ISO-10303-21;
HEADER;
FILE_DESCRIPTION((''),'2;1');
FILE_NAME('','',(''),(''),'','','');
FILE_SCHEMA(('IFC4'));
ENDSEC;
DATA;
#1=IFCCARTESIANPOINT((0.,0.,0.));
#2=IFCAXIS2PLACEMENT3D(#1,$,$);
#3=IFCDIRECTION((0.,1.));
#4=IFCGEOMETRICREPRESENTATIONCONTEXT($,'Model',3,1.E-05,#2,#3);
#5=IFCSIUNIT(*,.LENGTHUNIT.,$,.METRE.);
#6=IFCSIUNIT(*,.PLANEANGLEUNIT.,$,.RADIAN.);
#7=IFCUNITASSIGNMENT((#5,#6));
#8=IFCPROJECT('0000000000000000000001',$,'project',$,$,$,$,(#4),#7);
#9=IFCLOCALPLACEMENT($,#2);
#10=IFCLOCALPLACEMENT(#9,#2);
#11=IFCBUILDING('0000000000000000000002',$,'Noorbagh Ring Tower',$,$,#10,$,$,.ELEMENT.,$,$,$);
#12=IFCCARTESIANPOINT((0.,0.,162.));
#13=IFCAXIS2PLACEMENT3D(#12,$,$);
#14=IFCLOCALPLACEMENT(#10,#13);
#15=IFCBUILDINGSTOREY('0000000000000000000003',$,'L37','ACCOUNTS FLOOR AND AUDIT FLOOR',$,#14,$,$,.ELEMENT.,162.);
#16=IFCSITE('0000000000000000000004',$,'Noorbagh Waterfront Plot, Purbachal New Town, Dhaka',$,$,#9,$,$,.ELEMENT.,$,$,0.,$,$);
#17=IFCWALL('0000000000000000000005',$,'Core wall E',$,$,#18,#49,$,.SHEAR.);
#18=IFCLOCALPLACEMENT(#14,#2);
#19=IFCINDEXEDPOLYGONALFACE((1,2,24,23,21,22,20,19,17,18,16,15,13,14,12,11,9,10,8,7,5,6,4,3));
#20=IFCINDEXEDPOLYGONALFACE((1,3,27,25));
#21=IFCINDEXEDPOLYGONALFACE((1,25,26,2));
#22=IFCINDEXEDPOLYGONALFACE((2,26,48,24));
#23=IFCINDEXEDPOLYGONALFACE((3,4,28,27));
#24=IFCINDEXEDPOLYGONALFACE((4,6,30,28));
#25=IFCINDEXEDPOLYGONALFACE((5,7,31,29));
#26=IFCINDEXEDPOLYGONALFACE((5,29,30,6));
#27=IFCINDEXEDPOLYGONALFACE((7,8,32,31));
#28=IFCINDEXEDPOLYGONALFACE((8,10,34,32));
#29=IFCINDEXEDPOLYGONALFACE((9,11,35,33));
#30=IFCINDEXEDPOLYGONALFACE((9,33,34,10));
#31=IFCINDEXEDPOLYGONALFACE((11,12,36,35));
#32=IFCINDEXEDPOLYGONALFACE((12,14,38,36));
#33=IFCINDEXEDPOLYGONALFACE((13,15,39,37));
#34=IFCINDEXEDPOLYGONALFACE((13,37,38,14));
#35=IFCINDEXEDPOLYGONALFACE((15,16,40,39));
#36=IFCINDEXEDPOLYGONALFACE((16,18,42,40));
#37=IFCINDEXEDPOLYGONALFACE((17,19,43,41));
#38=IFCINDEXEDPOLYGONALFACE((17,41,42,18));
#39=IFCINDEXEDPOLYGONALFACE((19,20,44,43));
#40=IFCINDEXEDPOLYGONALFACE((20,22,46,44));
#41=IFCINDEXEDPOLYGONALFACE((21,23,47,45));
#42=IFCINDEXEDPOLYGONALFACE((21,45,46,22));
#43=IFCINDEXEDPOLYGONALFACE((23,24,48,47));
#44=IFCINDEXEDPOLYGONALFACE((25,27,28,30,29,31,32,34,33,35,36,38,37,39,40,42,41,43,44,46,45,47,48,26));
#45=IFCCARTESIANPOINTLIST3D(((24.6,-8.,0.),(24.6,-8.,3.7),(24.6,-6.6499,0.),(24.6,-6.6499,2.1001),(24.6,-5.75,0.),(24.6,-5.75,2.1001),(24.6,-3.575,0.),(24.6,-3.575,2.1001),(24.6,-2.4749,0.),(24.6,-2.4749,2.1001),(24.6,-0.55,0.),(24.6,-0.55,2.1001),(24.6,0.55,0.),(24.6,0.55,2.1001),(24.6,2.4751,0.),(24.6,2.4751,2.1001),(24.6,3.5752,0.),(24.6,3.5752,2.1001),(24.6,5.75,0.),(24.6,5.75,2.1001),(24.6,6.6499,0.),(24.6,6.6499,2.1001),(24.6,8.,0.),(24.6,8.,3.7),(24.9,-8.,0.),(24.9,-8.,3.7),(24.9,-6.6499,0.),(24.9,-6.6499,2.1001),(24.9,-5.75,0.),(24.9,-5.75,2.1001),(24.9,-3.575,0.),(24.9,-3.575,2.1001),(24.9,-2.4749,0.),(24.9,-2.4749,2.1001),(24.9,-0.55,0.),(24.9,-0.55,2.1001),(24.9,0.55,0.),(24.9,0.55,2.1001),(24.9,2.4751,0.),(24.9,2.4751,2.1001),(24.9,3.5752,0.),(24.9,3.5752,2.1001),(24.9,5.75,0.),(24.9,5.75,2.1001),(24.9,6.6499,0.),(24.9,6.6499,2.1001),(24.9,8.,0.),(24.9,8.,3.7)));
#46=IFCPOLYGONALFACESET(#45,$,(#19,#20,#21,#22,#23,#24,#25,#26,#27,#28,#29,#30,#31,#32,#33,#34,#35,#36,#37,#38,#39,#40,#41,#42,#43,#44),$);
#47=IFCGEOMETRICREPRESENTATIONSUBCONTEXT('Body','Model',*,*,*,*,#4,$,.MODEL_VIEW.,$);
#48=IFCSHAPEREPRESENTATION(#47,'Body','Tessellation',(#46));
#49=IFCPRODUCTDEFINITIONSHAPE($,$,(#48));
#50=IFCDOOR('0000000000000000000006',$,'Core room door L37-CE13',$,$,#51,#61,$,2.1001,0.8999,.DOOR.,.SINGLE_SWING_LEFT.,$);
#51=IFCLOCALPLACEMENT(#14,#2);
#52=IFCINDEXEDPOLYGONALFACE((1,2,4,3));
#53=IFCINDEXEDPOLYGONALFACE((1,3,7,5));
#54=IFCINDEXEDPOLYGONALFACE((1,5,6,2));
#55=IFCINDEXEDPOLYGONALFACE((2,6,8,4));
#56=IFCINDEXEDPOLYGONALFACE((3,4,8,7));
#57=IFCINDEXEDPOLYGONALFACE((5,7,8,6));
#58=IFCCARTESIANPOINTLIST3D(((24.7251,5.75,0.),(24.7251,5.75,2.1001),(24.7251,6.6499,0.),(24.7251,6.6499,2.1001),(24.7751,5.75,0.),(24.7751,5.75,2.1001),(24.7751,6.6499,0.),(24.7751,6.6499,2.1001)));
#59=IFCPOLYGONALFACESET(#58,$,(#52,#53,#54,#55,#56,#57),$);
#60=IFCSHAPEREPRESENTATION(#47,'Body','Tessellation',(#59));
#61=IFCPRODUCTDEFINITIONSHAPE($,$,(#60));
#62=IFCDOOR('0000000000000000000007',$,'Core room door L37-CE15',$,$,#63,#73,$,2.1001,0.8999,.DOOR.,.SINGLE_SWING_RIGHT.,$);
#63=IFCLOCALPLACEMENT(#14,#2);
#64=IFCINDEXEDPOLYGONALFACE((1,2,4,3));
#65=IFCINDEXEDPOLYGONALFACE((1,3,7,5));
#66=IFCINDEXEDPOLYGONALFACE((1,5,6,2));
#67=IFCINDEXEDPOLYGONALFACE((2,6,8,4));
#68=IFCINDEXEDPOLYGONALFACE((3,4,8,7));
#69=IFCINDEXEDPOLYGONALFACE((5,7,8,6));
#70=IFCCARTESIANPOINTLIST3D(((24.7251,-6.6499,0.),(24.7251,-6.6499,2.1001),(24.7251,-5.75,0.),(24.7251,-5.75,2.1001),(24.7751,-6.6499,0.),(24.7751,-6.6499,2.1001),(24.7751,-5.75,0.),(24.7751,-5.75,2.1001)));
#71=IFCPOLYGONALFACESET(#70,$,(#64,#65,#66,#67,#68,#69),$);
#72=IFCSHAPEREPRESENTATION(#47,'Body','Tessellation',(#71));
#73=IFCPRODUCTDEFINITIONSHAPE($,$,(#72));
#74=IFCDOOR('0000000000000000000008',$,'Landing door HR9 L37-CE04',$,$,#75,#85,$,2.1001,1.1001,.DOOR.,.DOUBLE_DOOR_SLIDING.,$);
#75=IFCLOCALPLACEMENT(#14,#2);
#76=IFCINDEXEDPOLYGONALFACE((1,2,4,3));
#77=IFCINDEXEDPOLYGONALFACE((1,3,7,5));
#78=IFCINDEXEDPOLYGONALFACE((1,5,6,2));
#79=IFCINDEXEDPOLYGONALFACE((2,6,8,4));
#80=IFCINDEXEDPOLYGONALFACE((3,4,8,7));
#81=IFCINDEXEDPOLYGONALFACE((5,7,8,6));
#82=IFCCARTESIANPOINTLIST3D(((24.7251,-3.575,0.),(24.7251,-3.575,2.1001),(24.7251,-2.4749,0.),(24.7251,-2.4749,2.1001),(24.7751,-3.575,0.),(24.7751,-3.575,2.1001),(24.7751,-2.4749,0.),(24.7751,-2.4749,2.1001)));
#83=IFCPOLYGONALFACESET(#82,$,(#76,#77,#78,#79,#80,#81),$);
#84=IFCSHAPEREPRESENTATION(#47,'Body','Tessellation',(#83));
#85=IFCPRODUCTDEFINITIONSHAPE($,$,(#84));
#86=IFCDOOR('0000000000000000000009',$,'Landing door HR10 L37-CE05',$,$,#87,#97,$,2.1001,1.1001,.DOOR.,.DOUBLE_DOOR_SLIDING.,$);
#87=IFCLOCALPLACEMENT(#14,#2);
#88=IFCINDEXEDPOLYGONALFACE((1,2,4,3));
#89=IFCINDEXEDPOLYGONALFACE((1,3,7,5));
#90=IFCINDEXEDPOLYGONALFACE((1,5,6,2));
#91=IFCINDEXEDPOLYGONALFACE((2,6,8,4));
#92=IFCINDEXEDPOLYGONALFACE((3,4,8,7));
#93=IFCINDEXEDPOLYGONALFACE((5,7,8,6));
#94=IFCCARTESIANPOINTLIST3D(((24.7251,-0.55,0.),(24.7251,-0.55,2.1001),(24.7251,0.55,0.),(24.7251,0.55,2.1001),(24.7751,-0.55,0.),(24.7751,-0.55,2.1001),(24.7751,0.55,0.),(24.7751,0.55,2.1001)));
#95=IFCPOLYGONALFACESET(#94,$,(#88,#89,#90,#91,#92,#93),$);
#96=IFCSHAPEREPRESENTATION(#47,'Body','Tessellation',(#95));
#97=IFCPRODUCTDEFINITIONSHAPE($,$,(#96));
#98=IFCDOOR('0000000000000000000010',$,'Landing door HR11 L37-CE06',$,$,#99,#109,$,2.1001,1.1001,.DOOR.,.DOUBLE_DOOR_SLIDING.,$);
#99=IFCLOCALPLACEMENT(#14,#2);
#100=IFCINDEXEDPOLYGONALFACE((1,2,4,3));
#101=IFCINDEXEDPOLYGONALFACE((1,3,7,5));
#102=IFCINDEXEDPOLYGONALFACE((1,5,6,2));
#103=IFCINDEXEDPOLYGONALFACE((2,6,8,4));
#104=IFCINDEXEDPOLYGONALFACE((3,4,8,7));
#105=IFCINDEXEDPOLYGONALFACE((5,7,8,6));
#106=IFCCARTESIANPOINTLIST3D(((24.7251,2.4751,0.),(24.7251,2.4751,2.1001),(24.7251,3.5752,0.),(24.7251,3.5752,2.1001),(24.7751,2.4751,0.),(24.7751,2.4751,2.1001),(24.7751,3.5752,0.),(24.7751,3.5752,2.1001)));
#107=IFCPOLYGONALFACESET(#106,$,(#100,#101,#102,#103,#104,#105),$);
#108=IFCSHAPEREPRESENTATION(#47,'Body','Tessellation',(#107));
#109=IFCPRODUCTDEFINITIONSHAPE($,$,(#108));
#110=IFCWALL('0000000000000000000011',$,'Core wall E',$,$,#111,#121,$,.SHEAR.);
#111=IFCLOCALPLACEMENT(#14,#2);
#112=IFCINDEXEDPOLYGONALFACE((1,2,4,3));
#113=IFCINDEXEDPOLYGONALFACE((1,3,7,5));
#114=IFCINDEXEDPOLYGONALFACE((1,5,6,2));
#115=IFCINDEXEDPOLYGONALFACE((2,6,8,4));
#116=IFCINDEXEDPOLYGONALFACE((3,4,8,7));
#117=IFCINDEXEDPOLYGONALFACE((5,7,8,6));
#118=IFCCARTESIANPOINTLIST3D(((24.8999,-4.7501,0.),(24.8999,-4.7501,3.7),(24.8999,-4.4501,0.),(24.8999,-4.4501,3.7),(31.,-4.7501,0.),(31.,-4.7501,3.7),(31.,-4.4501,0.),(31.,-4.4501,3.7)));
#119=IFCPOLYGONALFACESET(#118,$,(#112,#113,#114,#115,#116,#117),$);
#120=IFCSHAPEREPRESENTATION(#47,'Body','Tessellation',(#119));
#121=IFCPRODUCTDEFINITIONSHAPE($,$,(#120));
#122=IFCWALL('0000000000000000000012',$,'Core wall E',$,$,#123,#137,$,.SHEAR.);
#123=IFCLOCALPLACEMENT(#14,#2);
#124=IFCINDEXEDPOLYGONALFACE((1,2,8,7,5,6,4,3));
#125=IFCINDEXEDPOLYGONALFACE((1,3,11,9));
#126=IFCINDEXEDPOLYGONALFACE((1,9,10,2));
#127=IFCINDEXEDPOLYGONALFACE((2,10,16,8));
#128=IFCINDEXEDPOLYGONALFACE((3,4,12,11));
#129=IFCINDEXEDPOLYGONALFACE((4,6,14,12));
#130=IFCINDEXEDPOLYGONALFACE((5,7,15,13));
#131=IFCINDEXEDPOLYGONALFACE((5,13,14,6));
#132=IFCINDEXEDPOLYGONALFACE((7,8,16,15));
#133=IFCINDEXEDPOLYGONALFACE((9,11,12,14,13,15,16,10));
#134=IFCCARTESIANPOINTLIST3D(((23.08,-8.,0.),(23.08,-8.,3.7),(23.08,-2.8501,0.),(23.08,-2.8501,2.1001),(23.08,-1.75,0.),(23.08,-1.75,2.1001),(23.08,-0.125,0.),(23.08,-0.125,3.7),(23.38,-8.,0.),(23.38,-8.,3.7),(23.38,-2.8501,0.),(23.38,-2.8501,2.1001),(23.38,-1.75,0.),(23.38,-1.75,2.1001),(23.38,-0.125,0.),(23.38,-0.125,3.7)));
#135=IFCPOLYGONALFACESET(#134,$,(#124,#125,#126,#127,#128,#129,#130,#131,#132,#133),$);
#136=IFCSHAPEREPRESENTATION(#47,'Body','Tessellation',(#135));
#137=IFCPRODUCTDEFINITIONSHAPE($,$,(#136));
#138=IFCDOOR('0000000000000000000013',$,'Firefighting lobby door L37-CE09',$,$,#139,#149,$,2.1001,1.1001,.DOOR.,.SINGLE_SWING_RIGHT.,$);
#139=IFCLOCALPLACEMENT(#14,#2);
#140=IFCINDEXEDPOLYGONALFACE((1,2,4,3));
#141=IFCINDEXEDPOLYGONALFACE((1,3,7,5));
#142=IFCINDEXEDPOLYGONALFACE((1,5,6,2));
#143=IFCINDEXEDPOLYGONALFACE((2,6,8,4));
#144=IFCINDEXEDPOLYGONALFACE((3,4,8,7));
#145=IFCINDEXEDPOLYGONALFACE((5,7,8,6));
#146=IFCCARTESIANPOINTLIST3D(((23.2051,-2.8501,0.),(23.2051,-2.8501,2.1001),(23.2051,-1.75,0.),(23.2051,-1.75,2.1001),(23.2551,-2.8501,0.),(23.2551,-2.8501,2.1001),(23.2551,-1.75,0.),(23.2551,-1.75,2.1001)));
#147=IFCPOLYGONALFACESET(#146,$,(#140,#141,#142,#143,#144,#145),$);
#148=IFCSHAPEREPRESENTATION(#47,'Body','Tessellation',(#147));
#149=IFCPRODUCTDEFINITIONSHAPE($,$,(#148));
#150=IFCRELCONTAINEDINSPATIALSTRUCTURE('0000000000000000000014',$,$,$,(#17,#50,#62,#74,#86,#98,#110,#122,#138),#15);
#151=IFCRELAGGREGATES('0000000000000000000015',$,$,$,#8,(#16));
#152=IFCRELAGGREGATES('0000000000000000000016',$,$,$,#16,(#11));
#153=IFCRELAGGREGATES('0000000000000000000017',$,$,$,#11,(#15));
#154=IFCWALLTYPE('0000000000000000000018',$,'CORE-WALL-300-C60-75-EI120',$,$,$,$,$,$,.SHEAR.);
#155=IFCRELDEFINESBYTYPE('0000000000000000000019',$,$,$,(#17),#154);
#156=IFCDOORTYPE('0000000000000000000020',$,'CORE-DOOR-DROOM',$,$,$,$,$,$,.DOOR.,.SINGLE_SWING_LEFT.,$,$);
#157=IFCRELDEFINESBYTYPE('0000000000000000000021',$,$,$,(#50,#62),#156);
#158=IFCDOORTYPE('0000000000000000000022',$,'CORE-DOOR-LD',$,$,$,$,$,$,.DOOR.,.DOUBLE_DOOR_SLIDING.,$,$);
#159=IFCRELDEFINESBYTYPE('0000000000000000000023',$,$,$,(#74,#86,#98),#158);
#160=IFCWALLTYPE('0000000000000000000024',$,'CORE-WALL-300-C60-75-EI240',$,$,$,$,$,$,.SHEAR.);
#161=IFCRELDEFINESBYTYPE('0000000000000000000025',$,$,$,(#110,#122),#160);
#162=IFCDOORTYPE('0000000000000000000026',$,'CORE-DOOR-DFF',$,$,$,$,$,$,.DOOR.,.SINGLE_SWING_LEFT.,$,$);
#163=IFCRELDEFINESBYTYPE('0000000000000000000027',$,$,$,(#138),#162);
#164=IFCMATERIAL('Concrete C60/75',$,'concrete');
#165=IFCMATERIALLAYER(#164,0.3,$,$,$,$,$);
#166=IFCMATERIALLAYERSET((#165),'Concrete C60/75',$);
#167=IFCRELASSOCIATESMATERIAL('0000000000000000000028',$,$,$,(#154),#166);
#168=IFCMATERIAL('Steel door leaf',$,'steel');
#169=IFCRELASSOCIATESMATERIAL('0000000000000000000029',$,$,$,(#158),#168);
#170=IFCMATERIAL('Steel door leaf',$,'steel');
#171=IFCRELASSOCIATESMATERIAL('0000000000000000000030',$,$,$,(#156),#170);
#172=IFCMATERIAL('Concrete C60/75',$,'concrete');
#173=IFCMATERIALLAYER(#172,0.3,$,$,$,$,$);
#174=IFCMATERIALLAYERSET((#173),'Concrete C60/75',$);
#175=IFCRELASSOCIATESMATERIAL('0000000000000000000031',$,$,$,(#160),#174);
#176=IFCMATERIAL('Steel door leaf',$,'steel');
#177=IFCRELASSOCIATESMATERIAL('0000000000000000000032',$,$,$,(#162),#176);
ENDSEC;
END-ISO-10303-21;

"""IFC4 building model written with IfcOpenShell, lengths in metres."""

from ifc_helpers import new_model, si_unit, direction, frame, frame_2d, origin, place, context, subcontext, project, spatial, rectangle, extrude, material, layer, layer_set, type_object, element, fill, save


model = new_model("IFC4")

# Units and contexts
model_context = context("Model", 3, precision=1e-05, world=origin(), true_north=direction((0.0, 1.0)))
body_context = subcontext(model_context, "Body", "Model", "MODEL_VIEW")
ifc_project = project(units=[si_unit("LENGTHUNIT", "METRE"), si_unit("PLANEANGLEUNIT", "RADIAN")], contexts=[model_context])

# Site, building, storey
site_placement = place(None, origin())
site = spatial("IfcSite", under=ifc_project, at=site_placement, Name="Noorbagh Waterfront Plot, Purbachal New Town, Dhaka", CompositionType="ELEMENT", RefElevation=0.0)
building_placement = place(site_placement, origin())
building = spatial("IfcBuilding", under=site, at=building_placement, Name="Noorbagh Ring Tower", CompositionType="ELEMENT")
storey_placement = place(building_placement, frame((0.0, 0.0, 162.0)))
storey = spatial("IfcBuildingStorey", under=building, at=storey_placement, Name="L37", Description="ACCOUNTS FLOOR AND AUDIT FLOOR", CompositionType="ELEMENT", Elevation=162.0)

# Shared definitions
ifc_material_1 = material(Name="Concrete C60/75", Category="concrete")
ifc_layer_1 = layer(ifc_material_1, 0.3)
ifc_layer_set_1 = layer_set([ifc_layer_1], Name="Concrete C60/75")
wall_type_1 = type_object("IfcWallType", Name="CORE-WALL-300-C60-75-EI120", PredefinedType="SHEAR", material=ifc_layer_set_1)

# Wall, openings, doors
ifc_material_2 = material(Name="Steel door leaf", Category="steel")
door_type_1 = type_object("IfcDoorType", Name="CORE-DOOR-LD", OperationType="DOUBLE_DOOR_SLIDING", PredefinedType="DOOR", material=ifc_material_2)
wall_1_placement = place(storey_placement, frame((24.75, -8.0, 0.0), z_axis=(0.0, 0.0, 1.0), x_axis=(0.0, 1.0, 0.0)))
wall_1 = element("IfcWall", 1, at=wall_1_placement, inside=storey, type_object=wall_type_1, Name="Core wall E", PredefinedType="SHEAR", context=body_context, shape_type="SweptSolid", body=[
    extrude(rectangle(XDim=16.0, YDim=0.3, at=frame_2d((8.0, 0.0))), origin(), (0.0, 0.0, 1.0), 3.7),
])
opening_1_placement = place(wall_1_placement, frame((4.425, 0.0, 0.0)))
opening_1 = element("IfcOpeningElement", 2, at=opening_1_placement, cuts=wall_1, PredefinedType="OPENING", context=body_context, shape_type="SweptSolid", body=[
    extrude(rectangle(XDim=1.1001, YDim=2.1001, at=frame_2d((0.55, 1.05))), frame((0.0, 0.1602, 0.0), z_axis=(0.0, -1.0, 0.0), x_axis=(1.0, 0.0, 0.0)), (0.0, 0.0, 1.0), 0.3201),
])
opening_2_placement = place(wall_1_placement, frame((7.45, 0.0, 0.0)))
opening_2 = element("IfcOpeningElement", 3, at=opening_2_placement, cuts=wall_1, PredefinedType="OPENING", context=body_context, shape_type="SweptSolid", body=[
    extrude(rectangle(XDim=1.1001, YDim=2.1001, at=frame_2d((0.55, 1.05))), frame((0.0, 0.1602, 0.0), z_axis=(0.0, -1.0, 0.0), x_axis=(1.0, 0.0, 0.0)), (0.0, 0.0, 1.0), 0.3201),
])
opening_3_placement = place(wall_1_placement, frame((10.4751, 0.0, 0.0)))
opening_3 = element("IfcOpeningElement", 4, at=opening_3_placement, cuts=wall_1, PredefinedType="OPENING", context=body_context, shape_type="SweptSolid", body=[
    extrude(rectangle(XDim=1.1001, YDim=2.1001, at=frame_2d((0.55, 1.05))), frame((0.0, 0.1602, 0.0), z_axis=(0.0, -1.0, 0.0), x_axis=(1.0, 0.0, 0.0)), (0.0, 0.0, 1.0), 0.3201),
])
opening_4_placement = place(wall_1_placement, frame((13.75, 0.0, 0.0)))
opening_4 = element("IfcOpeningElement", 5, at=opening_4_placement, cuts=wall_1, PredefinedType="OPENING", context=body_context, shape_type="SweptSolid", body=[
    extrude(rectangle(XDim=0.8999, YDim=2.1001, at=frame_2d((0.45, 1.05))), frame((0.0, 0.1602, 0.0), z_axis=(0.0, -1.0, 0.0), x_axis=(1.0, 0.0, 0.0)), (0.0, 0.0, 1.0), 0.3201),
])
opening_5_placement = place(wall_1_placement, frame((1.3501, 0.0, 0.0)))
opening_5 = element("IfcOpeningElement", 6, at=opening_5_placement, cuts=wall_1, PredefinedType="OPENING", context=body_context, shape_type="SweptSolid", body=[
    extrude(rectangle(XDim=0.8999, YDim=2.1001, at=frame_2d((0.45, 1.05))), frame((0.0, 0.1602, 0.0), z_axis=(0.0, -1.0, 0.0), x_axis=(1.0, 0.0, 0.0)), (0.0, 0.0, 1.0), 0.3201),
])
ifc_material_3 = material(Name="Steel door leaf", Category="steel")
door_type_2 = type_object("IfcDoorType", Name="CORE-DOOR-DROOM", OperationType="SINGLE_SWING_LEFT", PredefinedType="DOOR", material=ifc_material_3)
door_1_placement = place(opening_4_placement, origin())
door_1 = element("IfcDoor", 7, at=door_1_placement, inside=storey, type_object=door_type_2, Name="Core room door L37-CE13", OperationType="SINGLE_SWING_LEFT", OverallHeight=2.1001, OverallWidth=0.8999, PredefinedType="DOOR", context=body_context, shape_type="SweptSolid", body=[
    extrude(rectangle(XDim=0.8999, YDim=2.1001, at=frame_2d((0.45, 1.05))), frame((0.0, 0.0249, 0.0), z_axis=(0.0, -1.0, 0.0), x_axis=(1.0, 0.0, 0.0)), (0.0, 0.0, 1.0), 0.05),
])
fill(opening_4, door_1)
door_2_placement = place(opening_5_placement, origin())
door_2 = element("IfcDoor", 8, at=door_2_placement, inside=storey, type_object=door_type_2, Name="Core room door L37-CE15", OperationType="SINGLE_SWING_RIGHT", OverallHeight=2.1001, OverallWidth=0.8999, PredefinedType="DOOR", context=body_context, shape_type="SweptSolid", body=[
    extrude(rectangle(XDim=0.8999, YDim=2.1001, at=frame_2d((0.45, 1.05))), frame((0.0, 0.0249, 0.0), z_axis=(0.0, -1.0, 0.0), x_axis=(1.0, 0.0, 0.0)), (0.0, 0.0, 1.0), 0.05),
])
fill(opening_5, door_2)
door_3_placement = place(opening_1_placement, origin())
door_3 = element("IfcDoor", 9, at=door_3_placement, inside=storey, type_object=door_type_1, Name="Landing door HR9 L37-CE04", OperationType="DOUBLE_DOOR_SLIDING", OverallHeight=2.1001, OverallWidth=1.1001, PredefinedType="DOOR", context=body_context, shape_type="SweptSolid", body=[
    extrude(rectangle(XDim=1.1001, YDim=2.1001, at=frame_2d((0.55, 1.05))), frame((0.0, 0.0249, 0.0), z_axis=(0.0, -1.0, 0.0), x_axis=(1.0, 0.0, 0.0)), (0.0, 0.0, 1.0), 0.05),
])
fill(opening_1, door_3)
door_4_placement = place(opening_2_placement, origin())
door_4 = element("IfcDoor", 10, at=door_4_placement, inside=storey, type_object=door_type_1, Name="Landing door HR10 L37-CE05", OperationType="DOUBLE_DOOR_SLIDING", OverallHeight=2.1001, OverallWidth=1.1001, PredefinedType="DOOR", context=body_context, shape_type="SweptSolid", body=[
    extrude(rectangle(XDim=1.1001, YDim=2.1001, at=frame_2d((0.55, 1.05))), frame((0.0, 0.0249, 0.0), z_axis=(0.0, -1.0, 0.0), x_axis=(1.0, 0.0, 0.0)), (0.0, 0.0, 1.0), 0.05),
])
fill(opening_2, door_4)
door_5_placement = place(opening_3_placement, origin())
door_5 = element("IfcDoor", 11, at=door_5_placement, inside=storey, type_object=door_type_1, Name="Landing door HR11 L37-CE06", OperationType="DOUBLE_DOOR_SLIDING", OverallHeight=2.1001, OverallWidth=1.1001, PredefinedType="DOOR", context=body_context, shape_type="SweptSolid", body=[
    extrude(rectangle(XDim=1.1001, YDim=2.1001, at=frame_2d((0.55, 1.05))), frame((0.0, 0.0249, 0.0), z_axis=(0.0, -1.0, 0.0), x_axis=(1.0, 0.0, 0.0)), (0.0, 0.0, 1.0), 0.05),
])
fill(opening_3, door_5)

# Wall
ifc_material_4 = material(Name="Concrete C60/75", Category="concrete")
ifc_layer_2 = layer(ifc_material_4, 0.3)
ifc_layer_set_2 = layer_set([ifc_layer_2], Name="Concrete C60/75")
wall_type_2 = type_object("IfcWallType", Name="CORE-WALL-300-C60-75-EI240", PredefinedType="SHEAR", material=ifc_layer_set_2)
wall_2_placement = place(storey_placement, frame((24.8999, -4.6001, 0.0), z_axis=(0.0, 0.0, 1.0), x_axis=(1.0, 0.0, 0.0)))
element("IfcWall", 12, at=wall_2_placement, inside=storey, type_object=wall_type_2, Name="Core wall E", PredefinedType="SHEAR", context=body_context, shape_type="SweptSolid", body=[
    extrude(rectangle(XDim=6.1001, YDim=0.3, at=frame_2d((3.05, 0.0))), origin(), (0.0, 0.0, 1.0), 3.7),
])

# Wall, opening, door
wall_3_placement = place(storey_placement, frame((23.23, -8.0, 0.0), z_axis=(0.0, 0.0, 1.0), x_axis=(0.0, 1.0, 0.0)))
wall_3 = element("IfcWall", 13, at=wall_3_placement, inside=storey, type_object=wall_type_2, Name="Core wall E", PredefinedType="SHEAR", context=body_context, shape_type="SweptSolid", body=[
    extrude(rectangle(XDim=7.875, YDim=0.3, at=frame_2d((3.9375, 0.0))), origin(), (0.0, 0.0, 1.0), 3.7),
])
opening_6_placement = place(wall_3_placement, frame((5.1499, 0.0, 0.0)))
opening_6 = element("IfcOpeningElement", 14, at=opening_6_placement, cuts=wall_3, PredefinedType="OPENING", context=body_context, shape_type="SweptSolid", body=[
    extrude(rectangle(XDim=1.1001, YDim=2.1001, at=frame_2d((0.55, 1.05))), frame((0.0, 0.1602, 0.0), z_axis=(0.0, -1.0, 0.0), x_axis=(1.0, 0.0, 0.0)), (0.0, 0.0, 1.0), 0.3201),
])
ifc_material_5 = material(Name="Steel door leaf", Category="steel")
door_type_3 = type_object("IfcDoorType", Name="CORE-DOOR-DFF", OperationType="SINGLE_SWING_LEFT", PredefinedType="DOOR", material=ifc_material_5)
door_6_placement = place(opening_6_placement, origin())
door_6 = element("IfcDoor", 15, at=door_6_placement, inside=storey, type_object=door_type_3, Name="Firefighting lobby door L37-CE09", OperationType="SINGLE_SWING_RIGHT", OverallHeight=2.1001, OverallWidth=1.1001, PredefinedType="DOOR", context=body_context, shape_type="SweptSolid", body=[
    extrude(rectangle(XDim=1.1001, YDim=2.1001, at=frame_2d((0.55, 1.05))), frame((0.0, 0.0249, 0.0), z_axis=(0.0, -1.0, 0.0), x_axis=(1.0, 0.0, 0.0)), (0.0, 0.0, 1.0), 0.05),
])
fill(opening_6, door_6)

save(model, "model.ifc")
